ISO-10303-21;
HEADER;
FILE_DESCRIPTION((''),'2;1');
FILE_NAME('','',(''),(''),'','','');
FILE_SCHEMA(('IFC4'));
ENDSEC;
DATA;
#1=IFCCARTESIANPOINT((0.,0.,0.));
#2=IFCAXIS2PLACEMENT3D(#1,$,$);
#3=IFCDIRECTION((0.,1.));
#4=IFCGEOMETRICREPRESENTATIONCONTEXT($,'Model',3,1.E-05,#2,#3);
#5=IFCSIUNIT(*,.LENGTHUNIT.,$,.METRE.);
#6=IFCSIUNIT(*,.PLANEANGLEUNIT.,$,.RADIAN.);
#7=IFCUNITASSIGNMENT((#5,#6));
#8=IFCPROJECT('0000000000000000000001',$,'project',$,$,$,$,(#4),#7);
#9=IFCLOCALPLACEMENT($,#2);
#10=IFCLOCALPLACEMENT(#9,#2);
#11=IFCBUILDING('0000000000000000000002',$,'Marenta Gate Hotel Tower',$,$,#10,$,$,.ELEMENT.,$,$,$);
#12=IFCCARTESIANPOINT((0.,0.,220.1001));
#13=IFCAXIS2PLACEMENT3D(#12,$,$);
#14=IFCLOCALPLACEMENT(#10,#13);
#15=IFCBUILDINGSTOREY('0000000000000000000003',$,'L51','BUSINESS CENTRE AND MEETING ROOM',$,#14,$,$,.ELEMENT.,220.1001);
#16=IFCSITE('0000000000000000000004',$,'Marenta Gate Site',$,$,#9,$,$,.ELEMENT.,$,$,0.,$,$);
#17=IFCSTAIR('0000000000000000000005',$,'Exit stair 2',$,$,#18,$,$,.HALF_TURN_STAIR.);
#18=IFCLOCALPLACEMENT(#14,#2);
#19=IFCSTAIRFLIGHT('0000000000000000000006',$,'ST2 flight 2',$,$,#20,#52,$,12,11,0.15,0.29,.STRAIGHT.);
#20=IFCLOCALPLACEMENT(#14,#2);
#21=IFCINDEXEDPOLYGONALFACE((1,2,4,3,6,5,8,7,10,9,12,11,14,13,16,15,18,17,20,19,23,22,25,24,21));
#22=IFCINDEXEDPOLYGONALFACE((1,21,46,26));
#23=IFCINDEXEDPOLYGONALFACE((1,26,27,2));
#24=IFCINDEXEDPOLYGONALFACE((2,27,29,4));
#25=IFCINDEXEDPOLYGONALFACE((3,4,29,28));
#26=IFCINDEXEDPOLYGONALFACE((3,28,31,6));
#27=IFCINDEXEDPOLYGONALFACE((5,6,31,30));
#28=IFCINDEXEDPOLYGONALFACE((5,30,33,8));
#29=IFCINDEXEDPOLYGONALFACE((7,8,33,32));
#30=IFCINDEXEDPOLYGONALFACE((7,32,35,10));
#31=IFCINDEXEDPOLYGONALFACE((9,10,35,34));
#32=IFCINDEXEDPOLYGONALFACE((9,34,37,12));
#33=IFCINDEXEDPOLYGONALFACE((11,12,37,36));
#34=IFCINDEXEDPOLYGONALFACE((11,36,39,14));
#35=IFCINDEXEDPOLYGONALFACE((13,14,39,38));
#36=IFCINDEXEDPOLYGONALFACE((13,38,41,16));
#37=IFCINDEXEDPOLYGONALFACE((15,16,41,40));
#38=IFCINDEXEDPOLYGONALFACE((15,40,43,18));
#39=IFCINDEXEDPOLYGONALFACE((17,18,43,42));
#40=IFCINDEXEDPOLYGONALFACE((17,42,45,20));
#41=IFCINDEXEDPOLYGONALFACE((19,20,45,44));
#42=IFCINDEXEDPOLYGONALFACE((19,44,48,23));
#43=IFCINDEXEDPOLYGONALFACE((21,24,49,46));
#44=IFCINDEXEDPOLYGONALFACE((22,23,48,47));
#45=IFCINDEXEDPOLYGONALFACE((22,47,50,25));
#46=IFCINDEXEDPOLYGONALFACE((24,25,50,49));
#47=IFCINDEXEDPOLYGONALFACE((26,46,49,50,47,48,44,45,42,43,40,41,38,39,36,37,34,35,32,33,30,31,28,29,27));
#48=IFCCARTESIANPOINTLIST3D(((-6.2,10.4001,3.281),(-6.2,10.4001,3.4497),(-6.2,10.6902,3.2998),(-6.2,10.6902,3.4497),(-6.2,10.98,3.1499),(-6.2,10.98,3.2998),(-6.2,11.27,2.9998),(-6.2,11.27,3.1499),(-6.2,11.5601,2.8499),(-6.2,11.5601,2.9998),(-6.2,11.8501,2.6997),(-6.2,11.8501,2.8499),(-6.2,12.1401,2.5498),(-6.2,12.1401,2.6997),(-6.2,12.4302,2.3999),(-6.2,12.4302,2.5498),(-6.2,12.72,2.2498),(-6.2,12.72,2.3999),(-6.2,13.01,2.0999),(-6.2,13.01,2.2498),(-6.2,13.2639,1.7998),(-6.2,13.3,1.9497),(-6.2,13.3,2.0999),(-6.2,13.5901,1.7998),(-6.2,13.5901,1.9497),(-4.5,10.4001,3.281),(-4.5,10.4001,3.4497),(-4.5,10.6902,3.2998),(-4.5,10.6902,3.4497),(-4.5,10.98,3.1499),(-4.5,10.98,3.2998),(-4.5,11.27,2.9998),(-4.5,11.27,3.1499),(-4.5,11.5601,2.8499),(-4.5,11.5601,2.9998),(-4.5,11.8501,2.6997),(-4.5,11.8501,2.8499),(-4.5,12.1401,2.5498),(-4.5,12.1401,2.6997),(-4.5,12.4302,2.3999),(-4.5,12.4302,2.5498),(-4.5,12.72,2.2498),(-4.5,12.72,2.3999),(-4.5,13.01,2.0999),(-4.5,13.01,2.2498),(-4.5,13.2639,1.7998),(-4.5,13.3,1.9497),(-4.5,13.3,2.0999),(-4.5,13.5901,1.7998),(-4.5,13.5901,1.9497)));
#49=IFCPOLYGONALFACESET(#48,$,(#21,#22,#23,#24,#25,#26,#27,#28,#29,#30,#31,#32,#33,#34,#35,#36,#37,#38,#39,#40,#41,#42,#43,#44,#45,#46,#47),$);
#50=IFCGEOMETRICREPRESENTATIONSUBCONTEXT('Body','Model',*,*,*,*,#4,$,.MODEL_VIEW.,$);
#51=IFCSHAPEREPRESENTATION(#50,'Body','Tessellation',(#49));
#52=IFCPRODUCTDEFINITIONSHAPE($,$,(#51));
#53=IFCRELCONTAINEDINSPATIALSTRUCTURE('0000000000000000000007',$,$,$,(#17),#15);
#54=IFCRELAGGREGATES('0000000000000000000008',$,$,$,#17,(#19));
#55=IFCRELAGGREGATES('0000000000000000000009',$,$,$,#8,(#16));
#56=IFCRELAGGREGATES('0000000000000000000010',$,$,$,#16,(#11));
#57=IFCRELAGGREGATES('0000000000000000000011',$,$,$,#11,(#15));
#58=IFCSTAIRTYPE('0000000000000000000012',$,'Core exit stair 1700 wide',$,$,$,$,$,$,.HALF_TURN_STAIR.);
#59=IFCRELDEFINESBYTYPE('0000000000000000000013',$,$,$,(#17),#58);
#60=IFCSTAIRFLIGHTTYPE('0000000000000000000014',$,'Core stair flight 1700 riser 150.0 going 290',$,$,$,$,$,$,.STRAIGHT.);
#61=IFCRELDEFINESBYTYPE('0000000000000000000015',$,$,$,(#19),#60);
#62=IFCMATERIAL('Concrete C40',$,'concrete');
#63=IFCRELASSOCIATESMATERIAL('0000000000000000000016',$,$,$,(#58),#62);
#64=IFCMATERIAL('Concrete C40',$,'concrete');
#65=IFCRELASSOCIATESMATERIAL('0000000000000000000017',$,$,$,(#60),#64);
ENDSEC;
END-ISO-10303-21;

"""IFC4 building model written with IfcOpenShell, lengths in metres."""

from ifc_helpers import new_model, si_unit, direction, frame, origin, place, context, subcontext, project, spatial, polyline, outline, extrude, material, type_object, element, aggregate, save


model = new_model("IFC4")

# Units and contexts
model_context = context("Model", 3, precision=1e-05, world=origin(), true_north=direction((0.0, 1.0)))
body_context = subcontext(model_context, "Body", "Model", "MODEL_VIEW")
ifc_project = project(units=[si_unit("LENGTHUNIT", "METRE"), si_unit("PLANEANGLEUNIT", "RADIAN")], contexts=[model_context])

# Site, building, storey
site_placement = place(None, origin())
site = spatial("IfcSite", under=ifc_project, at=site_placement, Name="Marenta Gate Site", CompositionType="ELEMENT", RefElevation=0.0)
building_placement = place(site_placement, origin())
building = spatial("IfcBuilding", under=site, at=building_placement, Name="Marenta Gate Hotel Tower", CompositionType="ELEMENT")
storey_placement = place(building_placement, frame((0.0, 0.0, 220.1001)))
storey = spatial("IfcBuildingStorey", under=building, at=storey_placement, Name="L51", Description="BUSINESS CENTRE AND MEETING ROOM", CompositionType="ELEMENT", Elevation=220.1001)

# Stair, stair flight
ifc_material_1 = material(Name="Concrete C40", Category="concrete")
stair_type = type_object("IfcStairType", Name="Core exit stair 1700 wide", PredefinedType="HALF_TURN_STAIR", material=ifc_material_1)
stair_placement = place(storey_placement, origin())
stair = element("IfcStair", 1, at=stair_placement, inside=storey, type_object=stair_type, Name="Exit stair 2", PredefinedType="HALF_TURN_STAIR")
ifc_material_2 = material(Name="Concrete C40", Category="concrete")
stair_flight_type = type_object("IfcStairFlightType", Name="Core stair flight 1700 riser 150.0 going 290", PredefinedType="STRAIGHT", material=ifc_material_2)
stair_flight_1_placement = place(storey_placement, frame((-5.3501, 13.5901, 1.7998), z_axis=(0.0, 0.0, 1.0), x_axis=(0.0, -1.0, 0.0)))
stair_flight_1 = element("IfcStairFlight", 2, at=stair_flight_1_placement, type_object=stair_flight_type, Name="ST2 flight 2", NumberOfRisers=12, NumberOfTreads=11, PredefinedType="STRAIGHT", RiserHeight=0.15, TreadLength=0.29, context=body_context, shape_type="SweptSolid", body=[
    extrude(outline(polyline([(0.0, 0.0), (0.0, 0.1499), (0.29, 0.1499), (0.29, 0.3), (0.5801, 0.3), (0.5801, 0.45), (0.8701, 0.45), (0.8701, 0.6001), (1.1599, 0.6001), (1.1599, 0.75), (1.45, 0.75), (1.45, 0.8999), (1.74, 0.8999), (1.74, 1.05), (2.03, 1.05), (2.03, 1.2), (2.3201, 1.2), (2.3201, 1.3501), (2.6101, 1.3501), (2.6101, 1.5), (2.8999, 1.5), (2.8999, 1.6499), (3.1899, 1.6499), (3.1899, 1.8), (3.1899, 1.4812), (0.3262, 0.0), (0.0, 0.0)])), frame((0.0, 0.8501, 0.0), z_axis=(0.0, -1.0, 0.0), x_axis=(1.0, 0.0, 0.0)), (0.0, 0.0, 1.0), 1.7),
])
aggregate(stair, [stair_flight_1])

save(model, "model.ifc")
